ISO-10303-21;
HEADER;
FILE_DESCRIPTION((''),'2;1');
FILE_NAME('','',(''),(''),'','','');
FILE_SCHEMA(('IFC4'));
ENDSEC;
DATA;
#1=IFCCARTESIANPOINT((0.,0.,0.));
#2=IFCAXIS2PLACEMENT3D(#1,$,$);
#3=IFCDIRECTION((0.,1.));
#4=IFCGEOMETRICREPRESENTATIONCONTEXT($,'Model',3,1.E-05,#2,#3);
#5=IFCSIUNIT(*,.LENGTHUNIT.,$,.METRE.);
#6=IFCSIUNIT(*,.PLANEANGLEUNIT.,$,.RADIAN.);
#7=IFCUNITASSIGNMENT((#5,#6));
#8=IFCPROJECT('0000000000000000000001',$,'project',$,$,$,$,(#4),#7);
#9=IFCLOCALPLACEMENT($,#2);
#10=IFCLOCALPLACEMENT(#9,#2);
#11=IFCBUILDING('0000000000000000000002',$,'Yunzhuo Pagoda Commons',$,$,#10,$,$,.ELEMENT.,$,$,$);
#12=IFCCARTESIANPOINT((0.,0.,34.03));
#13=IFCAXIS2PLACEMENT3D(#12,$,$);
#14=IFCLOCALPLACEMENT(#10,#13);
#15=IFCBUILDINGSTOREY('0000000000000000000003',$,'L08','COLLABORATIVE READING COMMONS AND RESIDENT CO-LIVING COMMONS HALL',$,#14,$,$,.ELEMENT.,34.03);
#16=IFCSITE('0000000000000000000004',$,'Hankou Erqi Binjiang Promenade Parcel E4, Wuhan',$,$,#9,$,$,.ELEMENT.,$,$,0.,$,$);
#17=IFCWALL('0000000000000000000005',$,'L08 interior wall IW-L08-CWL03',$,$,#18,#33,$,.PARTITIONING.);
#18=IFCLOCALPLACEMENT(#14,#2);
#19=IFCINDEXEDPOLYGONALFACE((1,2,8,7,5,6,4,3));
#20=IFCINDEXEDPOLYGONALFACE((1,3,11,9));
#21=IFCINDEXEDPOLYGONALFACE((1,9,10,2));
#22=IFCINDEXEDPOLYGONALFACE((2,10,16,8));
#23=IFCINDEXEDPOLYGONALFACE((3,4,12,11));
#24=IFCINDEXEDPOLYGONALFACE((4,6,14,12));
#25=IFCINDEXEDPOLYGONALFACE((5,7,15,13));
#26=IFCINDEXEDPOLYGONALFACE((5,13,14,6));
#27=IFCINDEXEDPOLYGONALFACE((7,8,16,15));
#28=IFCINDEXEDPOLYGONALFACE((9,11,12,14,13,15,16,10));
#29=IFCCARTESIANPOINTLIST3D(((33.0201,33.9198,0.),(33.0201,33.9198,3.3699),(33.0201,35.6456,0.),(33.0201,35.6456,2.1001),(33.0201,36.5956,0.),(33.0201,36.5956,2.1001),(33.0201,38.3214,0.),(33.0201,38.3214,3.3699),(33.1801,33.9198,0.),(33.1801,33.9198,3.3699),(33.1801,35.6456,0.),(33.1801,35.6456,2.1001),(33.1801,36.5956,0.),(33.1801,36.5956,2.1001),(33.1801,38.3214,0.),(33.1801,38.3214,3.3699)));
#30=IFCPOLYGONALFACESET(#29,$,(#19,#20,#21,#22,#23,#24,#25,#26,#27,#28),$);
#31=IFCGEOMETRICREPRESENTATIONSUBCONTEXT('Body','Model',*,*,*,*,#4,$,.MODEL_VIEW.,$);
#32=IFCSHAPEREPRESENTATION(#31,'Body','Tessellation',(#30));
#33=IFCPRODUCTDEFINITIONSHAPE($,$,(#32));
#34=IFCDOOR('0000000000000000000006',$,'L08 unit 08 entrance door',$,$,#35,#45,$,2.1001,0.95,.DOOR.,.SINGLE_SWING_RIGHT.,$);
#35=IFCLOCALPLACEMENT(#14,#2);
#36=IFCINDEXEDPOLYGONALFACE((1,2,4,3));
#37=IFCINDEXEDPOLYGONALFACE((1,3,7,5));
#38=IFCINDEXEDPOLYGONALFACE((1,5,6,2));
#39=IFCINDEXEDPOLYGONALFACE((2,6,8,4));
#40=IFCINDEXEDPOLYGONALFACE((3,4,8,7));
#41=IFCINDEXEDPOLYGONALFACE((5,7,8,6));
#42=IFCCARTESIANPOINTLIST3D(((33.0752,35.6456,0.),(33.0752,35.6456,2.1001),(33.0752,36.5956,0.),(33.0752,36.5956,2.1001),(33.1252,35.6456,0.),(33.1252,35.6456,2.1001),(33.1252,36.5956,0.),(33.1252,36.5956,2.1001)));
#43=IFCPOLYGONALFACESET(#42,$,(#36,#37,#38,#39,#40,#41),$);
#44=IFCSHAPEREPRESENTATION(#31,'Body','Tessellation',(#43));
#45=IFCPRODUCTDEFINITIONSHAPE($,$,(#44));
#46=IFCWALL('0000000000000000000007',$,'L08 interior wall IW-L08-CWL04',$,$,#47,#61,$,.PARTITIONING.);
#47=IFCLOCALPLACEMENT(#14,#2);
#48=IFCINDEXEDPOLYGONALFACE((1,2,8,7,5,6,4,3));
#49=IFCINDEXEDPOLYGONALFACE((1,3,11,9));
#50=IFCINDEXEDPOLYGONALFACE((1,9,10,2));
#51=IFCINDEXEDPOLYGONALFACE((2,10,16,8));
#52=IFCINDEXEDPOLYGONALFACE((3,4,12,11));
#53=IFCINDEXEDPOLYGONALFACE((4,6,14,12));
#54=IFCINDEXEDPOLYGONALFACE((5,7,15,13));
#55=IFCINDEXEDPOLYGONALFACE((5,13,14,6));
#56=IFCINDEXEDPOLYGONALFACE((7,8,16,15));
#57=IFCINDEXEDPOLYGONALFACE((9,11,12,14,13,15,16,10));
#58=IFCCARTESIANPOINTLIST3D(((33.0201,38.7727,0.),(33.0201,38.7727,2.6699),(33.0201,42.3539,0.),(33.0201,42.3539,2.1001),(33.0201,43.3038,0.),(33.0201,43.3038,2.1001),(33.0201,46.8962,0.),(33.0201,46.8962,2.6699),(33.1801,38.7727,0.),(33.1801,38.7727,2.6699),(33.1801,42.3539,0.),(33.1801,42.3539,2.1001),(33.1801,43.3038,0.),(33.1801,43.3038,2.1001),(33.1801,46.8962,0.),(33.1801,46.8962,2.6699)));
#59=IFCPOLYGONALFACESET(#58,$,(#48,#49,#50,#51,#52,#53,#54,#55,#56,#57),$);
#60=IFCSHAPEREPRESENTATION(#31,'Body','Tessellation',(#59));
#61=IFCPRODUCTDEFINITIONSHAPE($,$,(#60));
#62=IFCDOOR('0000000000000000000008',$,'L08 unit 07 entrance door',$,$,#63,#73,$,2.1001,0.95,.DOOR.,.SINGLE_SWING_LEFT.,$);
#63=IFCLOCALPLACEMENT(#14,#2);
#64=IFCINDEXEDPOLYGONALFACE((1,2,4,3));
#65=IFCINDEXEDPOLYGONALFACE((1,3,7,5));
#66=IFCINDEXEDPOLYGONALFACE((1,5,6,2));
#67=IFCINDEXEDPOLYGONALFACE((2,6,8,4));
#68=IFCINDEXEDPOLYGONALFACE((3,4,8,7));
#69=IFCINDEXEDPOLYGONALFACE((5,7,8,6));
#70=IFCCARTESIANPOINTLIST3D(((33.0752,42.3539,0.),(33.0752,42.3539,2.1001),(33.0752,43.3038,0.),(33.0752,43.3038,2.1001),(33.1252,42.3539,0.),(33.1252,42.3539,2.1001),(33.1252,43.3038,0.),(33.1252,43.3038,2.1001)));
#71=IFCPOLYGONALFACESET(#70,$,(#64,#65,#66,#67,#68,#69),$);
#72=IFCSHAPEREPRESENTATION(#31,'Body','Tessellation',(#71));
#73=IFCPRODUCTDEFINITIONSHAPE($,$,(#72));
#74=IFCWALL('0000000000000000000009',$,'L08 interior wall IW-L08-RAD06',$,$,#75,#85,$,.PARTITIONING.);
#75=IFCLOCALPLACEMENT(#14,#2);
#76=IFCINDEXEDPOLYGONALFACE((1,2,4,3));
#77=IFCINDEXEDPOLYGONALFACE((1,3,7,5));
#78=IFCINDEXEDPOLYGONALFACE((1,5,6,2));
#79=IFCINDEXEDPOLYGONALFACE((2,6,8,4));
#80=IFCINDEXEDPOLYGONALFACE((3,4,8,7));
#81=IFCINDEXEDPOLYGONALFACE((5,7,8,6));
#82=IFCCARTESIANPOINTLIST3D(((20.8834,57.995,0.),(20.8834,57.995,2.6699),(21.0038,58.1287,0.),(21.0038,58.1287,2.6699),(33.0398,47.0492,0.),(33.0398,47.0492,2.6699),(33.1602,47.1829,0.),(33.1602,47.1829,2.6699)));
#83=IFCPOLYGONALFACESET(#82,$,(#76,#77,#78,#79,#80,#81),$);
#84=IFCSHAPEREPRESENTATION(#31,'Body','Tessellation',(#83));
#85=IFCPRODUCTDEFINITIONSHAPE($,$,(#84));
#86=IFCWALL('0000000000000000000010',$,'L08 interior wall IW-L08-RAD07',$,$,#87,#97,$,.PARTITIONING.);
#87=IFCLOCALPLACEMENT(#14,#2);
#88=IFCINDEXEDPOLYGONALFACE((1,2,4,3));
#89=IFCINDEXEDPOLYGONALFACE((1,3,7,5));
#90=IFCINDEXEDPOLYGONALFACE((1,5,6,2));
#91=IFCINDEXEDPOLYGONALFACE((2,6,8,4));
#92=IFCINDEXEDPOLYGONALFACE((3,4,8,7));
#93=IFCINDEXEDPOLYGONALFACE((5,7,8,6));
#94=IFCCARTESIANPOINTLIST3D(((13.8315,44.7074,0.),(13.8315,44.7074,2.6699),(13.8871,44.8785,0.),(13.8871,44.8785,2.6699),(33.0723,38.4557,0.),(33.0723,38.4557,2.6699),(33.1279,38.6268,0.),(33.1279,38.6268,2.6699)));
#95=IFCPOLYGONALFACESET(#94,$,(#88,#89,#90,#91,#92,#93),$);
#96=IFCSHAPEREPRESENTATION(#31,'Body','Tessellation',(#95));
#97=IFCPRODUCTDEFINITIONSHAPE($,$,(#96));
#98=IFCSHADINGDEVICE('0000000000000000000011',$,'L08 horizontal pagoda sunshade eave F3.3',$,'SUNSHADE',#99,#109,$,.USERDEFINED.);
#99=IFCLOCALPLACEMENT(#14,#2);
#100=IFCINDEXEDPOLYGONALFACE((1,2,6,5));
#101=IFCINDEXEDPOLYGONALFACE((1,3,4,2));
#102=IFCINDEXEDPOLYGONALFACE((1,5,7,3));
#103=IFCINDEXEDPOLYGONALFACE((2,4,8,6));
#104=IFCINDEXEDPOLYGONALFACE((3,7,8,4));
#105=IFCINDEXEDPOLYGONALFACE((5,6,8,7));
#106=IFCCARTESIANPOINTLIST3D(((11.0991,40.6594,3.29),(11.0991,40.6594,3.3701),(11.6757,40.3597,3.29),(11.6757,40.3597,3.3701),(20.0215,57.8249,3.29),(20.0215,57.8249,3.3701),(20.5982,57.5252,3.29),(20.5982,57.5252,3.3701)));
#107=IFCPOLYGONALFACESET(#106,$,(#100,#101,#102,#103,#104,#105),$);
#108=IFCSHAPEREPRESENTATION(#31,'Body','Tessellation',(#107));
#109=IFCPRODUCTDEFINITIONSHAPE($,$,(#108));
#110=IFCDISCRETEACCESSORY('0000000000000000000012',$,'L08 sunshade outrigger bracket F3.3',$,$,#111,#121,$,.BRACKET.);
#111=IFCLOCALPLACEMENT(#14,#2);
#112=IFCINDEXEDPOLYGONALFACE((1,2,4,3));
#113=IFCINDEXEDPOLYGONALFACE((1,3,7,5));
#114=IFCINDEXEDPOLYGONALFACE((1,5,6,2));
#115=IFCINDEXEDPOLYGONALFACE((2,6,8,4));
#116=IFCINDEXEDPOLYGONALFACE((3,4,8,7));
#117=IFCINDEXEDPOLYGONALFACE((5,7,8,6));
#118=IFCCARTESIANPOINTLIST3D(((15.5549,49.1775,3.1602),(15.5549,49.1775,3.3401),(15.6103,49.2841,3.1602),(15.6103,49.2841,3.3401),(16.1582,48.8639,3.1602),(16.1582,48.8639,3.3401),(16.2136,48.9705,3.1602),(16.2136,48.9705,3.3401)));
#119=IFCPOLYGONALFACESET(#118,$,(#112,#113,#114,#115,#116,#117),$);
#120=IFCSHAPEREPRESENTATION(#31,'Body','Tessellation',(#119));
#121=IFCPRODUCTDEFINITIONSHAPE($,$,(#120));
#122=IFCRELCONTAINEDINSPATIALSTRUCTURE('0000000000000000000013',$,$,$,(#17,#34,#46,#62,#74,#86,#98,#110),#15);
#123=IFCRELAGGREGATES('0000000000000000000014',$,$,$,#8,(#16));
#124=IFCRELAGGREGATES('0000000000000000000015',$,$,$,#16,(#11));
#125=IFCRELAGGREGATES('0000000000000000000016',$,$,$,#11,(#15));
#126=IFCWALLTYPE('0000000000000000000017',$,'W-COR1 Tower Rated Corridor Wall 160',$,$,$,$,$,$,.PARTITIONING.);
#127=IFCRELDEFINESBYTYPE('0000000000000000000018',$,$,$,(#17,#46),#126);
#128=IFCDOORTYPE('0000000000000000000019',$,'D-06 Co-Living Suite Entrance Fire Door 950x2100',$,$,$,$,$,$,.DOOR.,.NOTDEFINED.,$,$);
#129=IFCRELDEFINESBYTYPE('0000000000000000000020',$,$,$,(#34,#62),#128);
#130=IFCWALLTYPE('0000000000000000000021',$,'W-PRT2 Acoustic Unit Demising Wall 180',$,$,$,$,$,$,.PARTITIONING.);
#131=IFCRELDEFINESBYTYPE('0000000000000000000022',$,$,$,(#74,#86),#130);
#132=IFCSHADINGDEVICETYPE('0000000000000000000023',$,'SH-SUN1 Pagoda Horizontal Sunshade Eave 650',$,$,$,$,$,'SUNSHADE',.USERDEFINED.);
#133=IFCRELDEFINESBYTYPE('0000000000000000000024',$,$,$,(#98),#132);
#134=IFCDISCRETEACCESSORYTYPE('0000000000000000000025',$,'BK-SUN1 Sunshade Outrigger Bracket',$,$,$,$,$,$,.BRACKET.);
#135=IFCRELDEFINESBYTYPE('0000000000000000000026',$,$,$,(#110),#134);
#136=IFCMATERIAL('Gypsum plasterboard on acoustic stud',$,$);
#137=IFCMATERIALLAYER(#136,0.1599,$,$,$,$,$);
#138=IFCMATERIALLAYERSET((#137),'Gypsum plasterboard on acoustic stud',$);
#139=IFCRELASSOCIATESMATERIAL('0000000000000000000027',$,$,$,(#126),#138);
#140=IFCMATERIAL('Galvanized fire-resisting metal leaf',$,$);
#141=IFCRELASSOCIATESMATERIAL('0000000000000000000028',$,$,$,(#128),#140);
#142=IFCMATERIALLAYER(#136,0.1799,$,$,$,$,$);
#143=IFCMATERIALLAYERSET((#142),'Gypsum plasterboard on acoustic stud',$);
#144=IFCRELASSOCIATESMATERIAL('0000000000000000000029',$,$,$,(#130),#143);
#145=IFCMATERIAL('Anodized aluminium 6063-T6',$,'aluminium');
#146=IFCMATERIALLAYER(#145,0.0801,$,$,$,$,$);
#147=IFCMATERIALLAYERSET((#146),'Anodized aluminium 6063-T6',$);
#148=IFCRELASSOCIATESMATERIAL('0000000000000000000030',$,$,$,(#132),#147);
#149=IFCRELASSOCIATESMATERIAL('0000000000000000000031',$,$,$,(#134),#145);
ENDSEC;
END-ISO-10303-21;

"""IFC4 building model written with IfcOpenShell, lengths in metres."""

from ifc_helpers import new_model, si_unit, direction, frame, frame_2d, origin, origin_with_axes, origin_2d, place, context, subcontext, project, spatial, rectangle, extrude, source, transform, mapped, material, layer, layer_set, type_object, element, fill, save


model = new_model("IFC4")

# Units and contexts
model_context = context("Model", 3, precision=1e-05, world=origin(), true_north=direction((0.0, 1.0)))
body_context = subcontext(model_context, "Body", "Model", "MODEL_VIEW")
ifc_project = project(units=[si_unit("LENGTHUNIT", "METRE"), si_unit("PLANEANGLEUNIT", "RADIAN")], contexts=[model_context])

# Site, building, storey
site_placement = place(None, origin())
site = spatial("IfcSite", under=ifc_project, at=site_placement, Name="Hankou Erqi Binjiang Promenade Parcel E4, Wuhan", CompositionType="ELEMENT", RefElevation=0.0)
building_placement = place(site_placement, origin())
building = spatial("IfcBuilding", under=site, at=building_placement, Name="Yunzhuo Pagoda Commons", CompositionType="ELEMENT")
storey_placement = place(building_placement, frame((0.0, 0.0, 34.03)))
storey = spatial("IfcBuildingStorey", under=building, at=storey_placement, Name="L08", Description="COLLABORATIVE READING COMMONS AND RESIDENT CO-LIVING COMMONS HALL", CompositionType="ELEMENT", Elevation=34.03)

# Shared definitions
ifc_material_1 = material(Name="Anodized aluminium 6063-T6", Category="aluminium")

# Walls, openings, doors
ifc_material_2 = material(Name="Gypsum plasterboard on acoustic stud")
ifc_layer_1 = layer(ifc_material_2, 0.1599)
ifc_layer_set_1 = layer_set([ifc_layer_1], Name="Gypsum plasterboard on acoustic stud")
wall_type_1 = type_object("IfcWallType", Name="W-COR1 Tower Rated Corridor Wall 160", PredefinedType="PARTITIONING", material=ifc_layer_set_1)
wall_1_placement = place(storey_placement, frame((33.1001, 33.9199, 0.0), z_axis=(0.0, 0.0, 1.0), x_axis=(0.0, 1.0, 0.0)))
wall_1 = element("IfcWall", 1, at=wall_1_placement, inside=storey, type_object=wall_type_1, Name="L08 interior wall IW-L08-CWL03", PredefinedType="PARTITIONING", context=body_context, shape_type="SweptSolid", body=[
    extrude(rectangle(XDim=4.4016, YDim=0.1599, at=frame_2d((2.2007, 0.0))), origin(), (0.0, 0.0, 1.0), 3.3699),
])
opening_1_placement = place(wall_1_placement, frame((1.7256, 0.0, 0.0)))
opening_1 = element("IfcOpeningElement", 2, at=opening_1_placement, cuts=wall_1, PredefinedType="OPENING", context=body_context, shape_type="SweptSolid", body=[
    extrude(rectangle(XDim=0.95, YDim=2.1001, at=frame_2d((0.4751, 1.05))), frame((0.0, 0.0898, 0.0), z_axis=(0.0, -1.0, 0.0), x_axis=(1.0, 0.0, 0.0)), (0.0, 0.0, 1.0), 0.1799),
])
ifc_material_3 = material(Name="Galvanized fire-resisting metal leaf")
door_type = type_object("IfcDoorType", Name="D-06 Co-Living Suite Entrance Fire Door 950x2100", OperationType="NOTDEFINED", PredefinedType="DOOR", material=ifc_material_3)
shared_shape_1 = source(origin(), body_context, "Body", "SweptSolid", [
    extrude(rectangle(XDim=0.95, YDim=2.1001, at=frame_2d((0.4751, 1.05))), frame((0.0, 0.0249, 0.0), z_axis=(0.0, -1.0, 0.0), x_axis=(1.0, 0.0, 0.0)), (0.0, 0.0, 1.0), 0.05),
])
door_1_placement = place(opening_1_placement, origin_with_axes())
door_1 = element("IfcDoor", 3, at=door_1_placement, inside=storey, type_object=door_type, Name="L08 unit 08 entrance door", OperationType="SINGLE_SWING_RIGHT", OverallHeight=2.1001, OverallWidth=0.95, PredefinedType="DOOR", context=body_context, shape_type="MappedRepresentation", body=[
    mapped(shared_shape_1, transform((0.0, 0.0, 0.0), scale=1.0)),
])
fill(opening_1, door_1)
wall_2_placement = place(storey_placement, frame((33.1001, 38.7727, 0.0), z_axis=(0.0, 0.0, 1.0), x_axis=(0.0, 1.0, 0.0)))
wall_2 = element("IfcWall", 4, at=wall_2_placement, inside=storey, type_object=wall_type_1, Name="L08 interior wall IW-L08-CWL04", PredefinedType="PARTITIONING", context=body_context, shape_type="SweptSolid", body=[
    extrude(rectangle(XDim=8.1235, YDim=0.1599, at=frame_2d((4.0618, 0.0))), origin(), (0.0, 0.0, 1.0), 2.6699),
])
opening_2_placement = place(wall_2_placement, frame((3.5811, 0.0, 0.0)))
opening_2 = element("IfcOpeningElement", 5, at=opening_2_placement, cuts=wall_2, PredefinedType="OPENING", context=body_context, shape_type="SweptSolid", body=[
    extrude(rectangle(XDim=0.95, YDim=2.1001, at=frame_2d((0.4751, 1.05))), frame((0.0, 0.0898, 0.0), z_axis=(0.0, -1.0, 0.0), x_axis=(1.0, 0.0, 0.0)), (0.0, 0.0, 1.0), 0.1799),
])
door_2_placement = place(opening_2_placement, origin_with_axes())
door_2 = element("IfcDoor", 6, at=door_2_placement, inside=storey, type_object=door_type, Name="L08 unit 07 entrance door", OperationType="SINGLE_SWING_LEFT", OverallHeight=2.1001, OverallWidth=0.95, PredefinedType="DOOR", context=body_context, shape_type="MappedRepresentation", body=[
    mapped(shared_shape_1, transform((0.0, 0.0, 0.0), scale=1.0)),
])
fill(opening_2, door_2)

# Walls
ifc_layer_2 = layer(ifc_material_2, 0.1799)
ifc_layer_set_2 = layer_set([ifc_layer_2], Name="Gypsum plasterboard on acoustic stud")
wall_type_2 = type_object("IfcWallType", Name="W-PRT2 Acoustic Unit Demising Wall 180", PredefinedType="PARTITIONING", material=ifc_layer_set_2)
wall_3_placement = place(storey_placement, frame((33.1001, 47.116, 0.0), z_axis=(0.0, 0.0, 1.0), x_axis=(-0.743143, 0.669132, 0.0)))
element("IfcWall", 7, at=wall_3_placement, inside=storey, type_object=wall_type_2, Name="L08 interior wall IW-L08-RAD06", PredefinedType="PARTITIONING", context=body_context, shape_type="SweptSolid", body=[
    extrude(rectangle(XDim=16.3582, YDim=0.1799, at=frame_2d((8.1792, 0.0))), origin(), (0.0, 0.0, 1.0), 2.6699),
])
wall_4_placement = place(storey_placement, frame((33.1001, 38.5413, 0.0), z_axis=(0.0, 0.0, 1.0), x_axis=(-0.951056, 0.309018, 0.0)))
element("IfcWall", 8, at=wall_4_placement, inside=storey, type_object=wall_type_2, Name="L08 interior wall IW-L08-RAD07", PredefinedType="PARTITIONING", context=body_context, shape_type="SweptSolid", body=[
    extrude(rectangle(XDim=20.231, YDim=0.1799, at=frame_2d((10.1155, 0.0))), origin(), (0.0, 0.0, 1.0), 2.6699),
])

# Shading device
ifc_layer_3 = layer(ifc_material_1, 0.0801)
ifc_layer_set_3 = layer_set([ifc_layer_3], Name="Anodized aluminium 6063-T6")
shading_device_type = type_object("IfcShadingDeviceType", Name="SH-SUN1 Pagoda Horizontal Sunshade Eave 650", ElementType="SUNSHADE", PredefinedType="USERDEFINED", material=ifc_layer_set_3)
shared_shape_2 = source(origin(), body_context, "Body", "SweptSolid", [
    extrude(rectangle(XDim=19.3459, YDim=0.6499, at=origin_2d()), origin(), (0.0, 0.0, 1.0), 0.0801),
])
shading_device_placement = place(storey_placement, frame((15.8486, 49.0923, 3.29), z_axis=(0.0, 0.0, 1.0), x_axis=(-0.461207, -0.887293, 0.0)))
element("IfcShadingDevice", 9, at=shading_device_placement, inside=storey, type_object=shading_device_type, Name="L08 horizontal pagoda sunshade eave F3.3", ObjectType="SUNSHADE", PredefinedType="USERDEFINED", context=body_context, shape_type="MappedRepresentation", body=[
    mapped(shared_shape_2, transform((0.0, 0.0, 0.0), scale=1.0)),
])

# Discrete accessory
discrete_accessory_type = type_object("IfcDiscreteAccessoryType", Name="BK-SUN1 Sunshade Outrigger Bracket", PredefinedType="BRACKET", material=ifc_material_1)
shared_shape_3 = source(origin(), body_context, "Body", "SweptSolid", [
    extrude(rectangle(XDim=0.1201, YDim=0.6799, at=origin_2d()), origin(), (0.0, 0.0, 1.0), 0.1799),
])
discrete_accessory_placement = place(storey_placement, frame((15.8843, 49.074, 3.1602), z_axis=(0.0, 0.0, 1.0), x_axis=(-0.461207, -0.887293, 0.0)))
element("IfcDiscreteAccessory", 10, at=discrete_accessory_placement, inside=storey, type_object=discrete_accessory_type, Name="L08 sunshade outrigger bracket F3.3", PredefinedType="BRACKET", context=body_context, shape_type="MappedRepresentation", body=[
    mapped(shared_shape_3, transform((0.0, 0.0, 0.0), scale=1.0)),
])

save(model, "model.ifc")
